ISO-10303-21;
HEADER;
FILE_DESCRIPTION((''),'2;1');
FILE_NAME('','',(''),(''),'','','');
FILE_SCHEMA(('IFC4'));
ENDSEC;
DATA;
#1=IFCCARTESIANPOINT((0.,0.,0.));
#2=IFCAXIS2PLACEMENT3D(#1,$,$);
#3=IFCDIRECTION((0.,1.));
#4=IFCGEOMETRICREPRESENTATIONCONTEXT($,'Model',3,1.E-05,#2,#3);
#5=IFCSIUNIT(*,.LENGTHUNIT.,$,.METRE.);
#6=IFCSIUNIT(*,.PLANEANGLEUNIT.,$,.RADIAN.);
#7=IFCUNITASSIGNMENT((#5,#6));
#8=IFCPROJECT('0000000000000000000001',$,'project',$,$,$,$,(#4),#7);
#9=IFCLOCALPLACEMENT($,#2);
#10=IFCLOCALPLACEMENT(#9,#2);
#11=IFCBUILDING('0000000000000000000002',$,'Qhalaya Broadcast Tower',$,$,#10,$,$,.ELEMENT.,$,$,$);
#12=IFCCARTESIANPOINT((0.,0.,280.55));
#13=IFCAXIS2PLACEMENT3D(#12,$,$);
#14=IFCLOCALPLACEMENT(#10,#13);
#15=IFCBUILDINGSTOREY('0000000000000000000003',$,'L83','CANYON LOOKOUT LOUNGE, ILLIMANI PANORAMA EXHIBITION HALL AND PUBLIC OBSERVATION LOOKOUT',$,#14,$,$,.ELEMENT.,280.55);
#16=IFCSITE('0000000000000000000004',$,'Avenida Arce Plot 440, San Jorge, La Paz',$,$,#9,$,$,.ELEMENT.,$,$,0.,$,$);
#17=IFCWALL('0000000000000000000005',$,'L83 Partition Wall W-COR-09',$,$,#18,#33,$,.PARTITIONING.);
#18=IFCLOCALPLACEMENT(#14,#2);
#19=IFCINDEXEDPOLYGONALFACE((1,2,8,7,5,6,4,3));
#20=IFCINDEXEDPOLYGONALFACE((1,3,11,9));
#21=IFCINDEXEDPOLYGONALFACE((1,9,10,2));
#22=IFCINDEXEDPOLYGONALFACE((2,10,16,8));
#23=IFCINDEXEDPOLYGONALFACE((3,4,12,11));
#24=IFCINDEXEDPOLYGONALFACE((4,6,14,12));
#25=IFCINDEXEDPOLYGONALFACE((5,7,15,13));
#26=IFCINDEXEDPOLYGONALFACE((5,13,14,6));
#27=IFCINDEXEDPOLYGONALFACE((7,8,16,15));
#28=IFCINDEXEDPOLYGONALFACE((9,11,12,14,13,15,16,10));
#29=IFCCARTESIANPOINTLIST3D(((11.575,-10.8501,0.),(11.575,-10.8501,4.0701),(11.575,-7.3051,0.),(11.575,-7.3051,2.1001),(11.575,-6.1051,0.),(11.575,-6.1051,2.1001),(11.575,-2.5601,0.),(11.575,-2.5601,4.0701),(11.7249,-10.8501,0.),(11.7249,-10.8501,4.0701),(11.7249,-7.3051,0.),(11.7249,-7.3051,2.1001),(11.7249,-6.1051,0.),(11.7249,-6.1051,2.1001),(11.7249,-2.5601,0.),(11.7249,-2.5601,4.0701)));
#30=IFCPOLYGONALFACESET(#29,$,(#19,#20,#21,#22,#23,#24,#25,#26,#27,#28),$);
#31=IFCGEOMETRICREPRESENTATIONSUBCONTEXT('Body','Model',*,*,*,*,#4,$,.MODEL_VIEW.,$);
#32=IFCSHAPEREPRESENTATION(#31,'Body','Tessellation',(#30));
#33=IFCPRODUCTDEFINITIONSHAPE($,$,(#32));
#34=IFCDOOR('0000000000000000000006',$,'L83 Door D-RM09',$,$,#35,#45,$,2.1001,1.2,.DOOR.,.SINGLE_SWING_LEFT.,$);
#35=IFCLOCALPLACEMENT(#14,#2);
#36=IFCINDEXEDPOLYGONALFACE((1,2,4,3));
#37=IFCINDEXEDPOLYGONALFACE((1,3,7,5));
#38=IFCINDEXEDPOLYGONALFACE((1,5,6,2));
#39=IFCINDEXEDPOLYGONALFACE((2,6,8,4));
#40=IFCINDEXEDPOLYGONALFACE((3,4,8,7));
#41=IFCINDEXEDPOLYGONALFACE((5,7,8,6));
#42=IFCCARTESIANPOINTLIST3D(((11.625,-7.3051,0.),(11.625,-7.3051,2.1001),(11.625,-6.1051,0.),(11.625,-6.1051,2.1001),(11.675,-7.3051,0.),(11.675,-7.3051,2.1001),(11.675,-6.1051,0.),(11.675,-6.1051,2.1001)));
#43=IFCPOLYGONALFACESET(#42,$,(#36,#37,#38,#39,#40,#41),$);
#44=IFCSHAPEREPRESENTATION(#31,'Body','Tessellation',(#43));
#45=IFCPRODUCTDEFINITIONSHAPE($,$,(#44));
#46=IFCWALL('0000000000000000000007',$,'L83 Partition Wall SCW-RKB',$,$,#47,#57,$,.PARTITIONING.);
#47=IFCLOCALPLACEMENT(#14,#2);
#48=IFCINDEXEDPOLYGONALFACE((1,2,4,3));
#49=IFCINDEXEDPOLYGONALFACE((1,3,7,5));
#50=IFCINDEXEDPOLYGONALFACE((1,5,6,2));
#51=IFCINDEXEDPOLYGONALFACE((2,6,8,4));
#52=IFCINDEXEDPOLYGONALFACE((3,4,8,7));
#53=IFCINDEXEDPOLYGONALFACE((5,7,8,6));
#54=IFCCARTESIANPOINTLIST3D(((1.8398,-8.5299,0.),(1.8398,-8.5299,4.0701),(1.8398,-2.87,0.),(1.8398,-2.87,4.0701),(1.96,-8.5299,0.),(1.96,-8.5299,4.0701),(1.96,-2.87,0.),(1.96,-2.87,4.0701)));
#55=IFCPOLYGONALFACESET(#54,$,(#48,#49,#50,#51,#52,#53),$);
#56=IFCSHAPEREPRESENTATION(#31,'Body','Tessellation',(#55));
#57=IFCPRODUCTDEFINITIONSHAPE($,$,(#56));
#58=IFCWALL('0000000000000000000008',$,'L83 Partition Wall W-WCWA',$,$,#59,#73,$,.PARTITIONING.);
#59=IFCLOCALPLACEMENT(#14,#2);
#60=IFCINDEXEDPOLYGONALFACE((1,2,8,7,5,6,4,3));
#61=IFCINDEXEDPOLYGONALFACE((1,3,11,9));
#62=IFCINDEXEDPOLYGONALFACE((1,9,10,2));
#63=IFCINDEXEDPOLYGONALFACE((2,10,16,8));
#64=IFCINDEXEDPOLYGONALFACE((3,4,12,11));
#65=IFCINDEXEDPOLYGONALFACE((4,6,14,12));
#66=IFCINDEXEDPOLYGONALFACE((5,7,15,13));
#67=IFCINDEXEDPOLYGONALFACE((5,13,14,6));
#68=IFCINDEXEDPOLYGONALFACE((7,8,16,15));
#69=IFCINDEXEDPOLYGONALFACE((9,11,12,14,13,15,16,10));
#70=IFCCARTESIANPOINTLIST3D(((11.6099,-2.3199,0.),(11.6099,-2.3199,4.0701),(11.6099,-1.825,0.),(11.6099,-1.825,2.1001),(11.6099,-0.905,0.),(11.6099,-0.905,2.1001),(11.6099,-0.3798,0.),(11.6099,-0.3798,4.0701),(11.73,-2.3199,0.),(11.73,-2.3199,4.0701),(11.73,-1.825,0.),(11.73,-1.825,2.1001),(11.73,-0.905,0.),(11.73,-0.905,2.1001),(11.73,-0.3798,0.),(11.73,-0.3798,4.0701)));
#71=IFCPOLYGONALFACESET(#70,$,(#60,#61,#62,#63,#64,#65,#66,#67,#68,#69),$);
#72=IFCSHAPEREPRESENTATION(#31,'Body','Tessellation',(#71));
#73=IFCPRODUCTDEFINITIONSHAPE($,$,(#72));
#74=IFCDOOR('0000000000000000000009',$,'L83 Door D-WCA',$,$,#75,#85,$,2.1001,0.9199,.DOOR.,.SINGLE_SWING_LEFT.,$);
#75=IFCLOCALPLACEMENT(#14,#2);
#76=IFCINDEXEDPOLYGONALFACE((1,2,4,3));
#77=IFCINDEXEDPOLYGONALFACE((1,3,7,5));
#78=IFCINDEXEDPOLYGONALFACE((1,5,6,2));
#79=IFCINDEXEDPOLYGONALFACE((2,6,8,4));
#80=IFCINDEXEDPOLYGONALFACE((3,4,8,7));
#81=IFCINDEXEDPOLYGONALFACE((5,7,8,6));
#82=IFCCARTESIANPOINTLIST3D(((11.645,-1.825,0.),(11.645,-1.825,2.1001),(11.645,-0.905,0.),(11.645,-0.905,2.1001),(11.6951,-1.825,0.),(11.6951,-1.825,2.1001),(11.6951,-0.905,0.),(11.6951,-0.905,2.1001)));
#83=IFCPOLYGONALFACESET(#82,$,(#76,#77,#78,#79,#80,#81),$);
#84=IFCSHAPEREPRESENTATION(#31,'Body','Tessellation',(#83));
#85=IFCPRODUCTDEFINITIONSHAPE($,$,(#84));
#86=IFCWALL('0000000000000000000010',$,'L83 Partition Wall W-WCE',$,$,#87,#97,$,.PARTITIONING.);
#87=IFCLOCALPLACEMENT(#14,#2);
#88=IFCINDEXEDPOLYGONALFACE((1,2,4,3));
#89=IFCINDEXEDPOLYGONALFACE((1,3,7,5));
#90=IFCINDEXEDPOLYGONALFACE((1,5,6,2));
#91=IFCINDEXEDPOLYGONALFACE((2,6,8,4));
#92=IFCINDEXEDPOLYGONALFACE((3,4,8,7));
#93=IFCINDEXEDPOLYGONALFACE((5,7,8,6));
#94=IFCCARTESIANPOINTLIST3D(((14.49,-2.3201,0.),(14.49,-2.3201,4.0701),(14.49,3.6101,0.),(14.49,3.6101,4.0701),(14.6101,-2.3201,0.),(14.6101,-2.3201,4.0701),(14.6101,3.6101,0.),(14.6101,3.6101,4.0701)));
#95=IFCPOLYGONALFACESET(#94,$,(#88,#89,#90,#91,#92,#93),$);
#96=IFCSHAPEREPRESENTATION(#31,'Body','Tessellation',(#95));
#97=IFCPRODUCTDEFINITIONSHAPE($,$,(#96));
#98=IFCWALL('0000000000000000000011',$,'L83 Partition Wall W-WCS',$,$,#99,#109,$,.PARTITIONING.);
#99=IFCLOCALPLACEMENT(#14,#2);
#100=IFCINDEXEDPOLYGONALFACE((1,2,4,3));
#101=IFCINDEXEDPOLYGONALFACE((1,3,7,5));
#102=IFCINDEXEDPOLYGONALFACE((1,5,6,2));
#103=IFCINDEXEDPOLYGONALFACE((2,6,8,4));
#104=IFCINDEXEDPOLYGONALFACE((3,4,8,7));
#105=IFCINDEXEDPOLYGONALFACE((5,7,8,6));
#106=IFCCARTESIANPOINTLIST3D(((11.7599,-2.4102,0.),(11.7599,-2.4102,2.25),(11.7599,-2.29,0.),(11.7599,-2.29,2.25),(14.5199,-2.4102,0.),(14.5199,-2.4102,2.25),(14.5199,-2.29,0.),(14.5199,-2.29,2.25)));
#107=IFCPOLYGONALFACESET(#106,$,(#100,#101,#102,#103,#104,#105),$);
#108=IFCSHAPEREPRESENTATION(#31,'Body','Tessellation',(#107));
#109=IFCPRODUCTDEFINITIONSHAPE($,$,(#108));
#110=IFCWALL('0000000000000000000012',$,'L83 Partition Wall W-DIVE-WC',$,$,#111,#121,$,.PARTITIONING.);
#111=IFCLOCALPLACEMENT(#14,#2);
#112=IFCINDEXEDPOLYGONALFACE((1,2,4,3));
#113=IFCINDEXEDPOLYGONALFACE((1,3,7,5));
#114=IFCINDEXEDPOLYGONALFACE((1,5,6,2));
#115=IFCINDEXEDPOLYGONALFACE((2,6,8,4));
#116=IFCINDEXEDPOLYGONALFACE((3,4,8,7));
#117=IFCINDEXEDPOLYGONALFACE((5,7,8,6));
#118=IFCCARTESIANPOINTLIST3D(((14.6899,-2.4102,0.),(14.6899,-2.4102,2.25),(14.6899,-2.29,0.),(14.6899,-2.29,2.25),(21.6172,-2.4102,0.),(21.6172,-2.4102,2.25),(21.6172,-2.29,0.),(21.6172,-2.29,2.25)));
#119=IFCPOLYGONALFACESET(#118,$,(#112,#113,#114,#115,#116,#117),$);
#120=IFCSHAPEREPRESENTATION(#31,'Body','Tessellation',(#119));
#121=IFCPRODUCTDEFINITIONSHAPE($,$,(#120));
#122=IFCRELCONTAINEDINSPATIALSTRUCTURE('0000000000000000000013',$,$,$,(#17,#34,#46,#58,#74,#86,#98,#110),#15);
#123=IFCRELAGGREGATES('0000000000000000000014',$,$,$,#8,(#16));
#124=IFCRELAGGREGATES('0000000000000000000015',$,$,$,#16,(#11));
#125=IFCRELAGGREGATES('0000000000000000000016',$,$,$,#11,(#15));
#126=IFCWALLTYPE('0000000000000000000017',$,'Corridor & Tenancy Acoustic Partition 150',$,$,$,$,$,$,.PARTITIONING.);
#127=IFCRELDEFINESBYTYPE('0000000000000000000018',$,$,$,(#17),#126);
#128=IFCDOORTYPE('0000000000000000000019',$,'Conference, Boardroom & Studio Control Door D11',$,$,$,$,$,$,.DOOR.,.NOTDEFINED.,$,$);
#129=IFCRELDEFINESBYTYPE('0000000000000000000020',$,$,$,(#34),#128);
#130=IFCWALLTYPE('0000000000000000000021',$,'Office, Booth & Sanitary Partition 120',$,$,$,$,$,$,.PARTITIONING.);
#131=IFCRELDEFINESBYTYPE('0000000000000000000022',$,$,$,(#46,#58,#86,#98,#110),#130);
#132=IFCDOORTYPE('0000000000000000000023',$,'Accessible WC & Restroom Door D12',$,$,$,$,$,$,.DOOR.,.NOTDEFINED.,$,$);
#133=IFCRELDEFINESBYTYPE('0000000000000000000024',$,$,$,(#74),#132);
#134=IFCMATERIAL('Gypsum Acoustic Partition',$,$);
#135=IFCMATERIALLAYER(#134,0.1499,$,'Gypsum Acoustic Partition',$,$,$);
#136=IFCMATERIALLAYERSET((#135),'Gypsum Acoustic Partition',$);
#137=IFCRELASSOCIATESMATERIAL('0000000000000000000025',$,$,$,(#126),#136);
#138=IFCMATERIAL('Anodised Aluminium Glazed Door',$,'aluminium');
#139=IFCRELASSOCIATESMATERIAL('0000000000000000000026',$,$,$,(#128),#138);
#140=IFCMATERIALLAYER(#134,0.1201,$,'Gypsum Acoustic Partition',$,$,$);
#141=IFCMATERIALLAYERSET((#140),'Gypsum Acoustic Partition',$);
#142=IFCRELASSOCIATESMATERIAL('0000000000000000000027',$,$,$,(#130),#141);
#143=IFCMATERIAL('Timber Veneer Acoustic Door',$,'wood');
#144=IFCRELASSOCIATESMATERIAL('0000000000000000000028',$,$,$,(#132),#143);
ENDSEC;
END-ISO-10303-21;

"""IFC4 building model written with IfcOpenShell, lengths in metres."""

from ifc_helpers import new_model, si_unit, direction, frame, frame_2d, origin, place, context, subcontext, project, spatial, rectangle, extrude, material, layer, layer_set, type_object, element, fill, save


model = new_model("IFC4")

# Units and contexts
model_context = context("Model", 3, precision=1e-05, world=origin(), true_north=direction((0.0, 1.0)))
body_context = subcontext(model_context, "Body", "Model", "MODEL_VIEW")
ifc_project = project(units=[si_unit("LENGTHUNIT", "METRE"), si_unit("PLANEANGLEUNIT", "RADIAN")], contexts=[model_context])

# Site, building, storey
site_placement = place(None, origin())
site = spatial("IfcSite", under=ifc_project, at=site_placement, Name="Avenida Arce Plot 440, San Jorge, La Paz", CompositionType="ELEMENT", RefElevation=0.0)
building_placement = place(site_placement, origin())
building = spatial("IfcBuilding", under=site, at=building_placement, Name="Qhalaya Broadcast Tower", CompositionType="ELEMENT")
storey_placement = place(building_placement, frame((0.0, 0.0, 280.55)))
storey = spatial("IfcBuildingStorey", under=building, at=storey_placement, Name="L83", Description="CANYON LOOKOUT LOUNGE, ILLIMANI PANORAMA EXHIBITION HALL AND PUBLIC OBSERVATION LOOKOUT", CompositionType="ELEMENT", Elevation=280.55)

# Shared definitions
ifc_material_1 = material(Name="Gypsum Acoustic Partition")
ifc_layer_1 = layer(ifc_material_1, 0.1499, Name="Gypsum Acoustic Partition")
ifc_layer_set_1 = layer_set([ifc_layer_1], Name="Gypsum Acoustic Partition")
wall_type_1 = type_object("IfcWallType", Name="Corridor & Tenancy Acoustic Partition 150", PredefinedType="PARTITIONING", material=ifc_layer_set_1)

# Wall, opening, door
wall_1_placement = place(storey_placement, frame((11.6499, -10.8501, 0.0), z_axis=(0.0, 0.0, 1.0), x_axis=(0.0, 1.0, 0.0)))
wall_1 = element("IfcWall", 1, at=wall_1_placement, inside=storey, type_object=wall_type_1, Name="L83 Partition Wall W-COR-09", PredefinedType="PARTITIONING", context=body_context, shape_type="SweptSolid", body=[
    extrude(rectangle(XDim=8.29, YDim=0.1499, at=frame_2d((4.145, 0.0))), origin(), (0.0, 0.0, 1.0), 4.0701),
])
opening_1_placement = place(wall_1_placement, frame((3.5449, 0.0, 0.0)))
opening_1 = element("IfcOpeningElement", 2, at=opening_1_placement, cuts=wall_1, PredefinedType="OPENING", context=body_context, shape_type="SweptSolid", body=[
    extrude(rectangle(XDim=1.2, YDim=2.1001, at=frame_2d((0.6001, 1.05))), frame((0.0, 0.0869, 0.0), z_axis=(0.0, -1.0, 0.0), x_axis=(1.0, 0.0, 0.0)), (0.0, 0.0, 1.0), 0.1738),
])
ifc_material_2 = material(Name="Anodised Aluminium Glazed Door", Category="aluminium")
door_type_1 = type_object("IfcDoorType", Name="Conference, Boardroom & Studio Control Door D11", OperationType="NOTDEFINED", PredefinedType="DOOR", material=ifc_material_2)
door_1_placement = place(opening_1_placement, origin())
door_1 = element("IfcDoor", 3, at=door_1_placement, inside=storey, type_object=door_type_1, Name="L83 Door D-RM09", OperationType="SINGLE_SWING_LEFT", OverallHeight=2.1001, OverallWidth=1.2, PredefinedType="DOOR", context=body_context, shape_type="SweptSolid", body=[
    extrude(rectangle(XDim=1.2, YDim=2.1001, at=frame_2d((0.6001, 1.05))), frame((0.0, 0.0249, 0.0), z_axis=(0.0, -1.0, 0.0), x_axis=(1.0, 0.0, 0.0)), (0.0, 0.0, 1.0), 0.05),
])
fill(opening_1, door_1)

# Wall
ifc_layer_2 = layer(ifc_material_1, 0.1201, Name="Gypsum Acoustic Partition")
ifc_layer_set_2 = layer_set([ifc_layer_2], Name="Gypsum Acoustic Partition")
wall_type_2 = type_object("IfcWallType", Name="Office, Booth & Sanitary Partition 120", PredefinedType="PARTITIONING", material=ifc_layer_set_2)
wall_2_placement = place(storey_placement, frame((1.8999, -8.53, 0.0), z_axis=(0.0, 0.0, 1.0), x_axis=(0.0, 1.0, 0.0)))
element("IfcWall", 4, at=wall_2_placement, inside=storey, type_object=wall_type_2, Name="L83 Partition Wall SCW-RKB", PredefinedType="PARTITIONING", context=body_context, shape_type="SweptSolid", body=[
    extrude(rectangle(XDim=5.6599, YDim=0.1201, at=frame_2d((2.8301, 0.0))), origin(), (0.0, 0.0, 1.0), 4.0701),
])

# Wall, opening, door
wall_3_placement = place(storey_placement, frame((11.6699, -2.3201, 0.0), z_axis=(0.0, 0.0, 1.0), x_axis=(0.0, 1.0, 0.0)))
wall_3 = element("IfcWall", 5, at=wall_3_placement, inside=storey, type_object=wall_type_2, Name="L83 Partition Wall W-WCWA", PredefinedType="PARTITIONING", context=body_context, shape_type="SweptSolid", body=[
    extrude(rectangle(XDim=1.9402, YDim=0.1201, at=frame_2d((0.9702, 0.0))), origin(), (0.0, 0.0, 1.0), 4.0701),
])
opening_2_placement = place(wall_3_placement, frame((0.4951, 0.0, 0.0)))
opening_2 = element("IfcOpeningElement", 6, at=opening_2_placement, cuts=wall_3, PredefinedType="OPENING", context=body_context, shape_type="SweptSolid", body=[
    extrude(rectangle(XDim=0.9199, YDim=2.1001, at=frame_2d((0.46, 1.05))), frame((0.0, 0.072, 0.0), z_axis=(0.0, -1.0, 0.0), x_axis=(1.0, 0.0, 0.0)), (0.0, 0.0, 1.0), 0.144),
])
ifc_material_3 = material(Name="Timber Veneer Acoustic Door", Category="wood")
door_type_2 = type_object("IfcDoorType", Name="Accessible WC & Restroom Door D12", OperationType="NOTDEFINED", PredefinedType="DOOR", material=ifc_material_3)
door_2_placement = place(opening_2_placement, origin())
door_2 = element("IfcDoor", 7, at=door_2_placement, inside=storey, type_object=door_type_2, Name="L83 Door D-WCA", OperationType="SINGLE_SWING_LEFT", OverallHeight=2.1001, OverallWidth=0.9199, PredefinedType="DOOR", context=body_context, shape_type="SweptSolid", body=[
    extrude(rectangle(XDim=0.9199, YDim=2.1001, at=frame_2d((0.46, 1.05))), frame((0.0, 0.0249, 0.0), z_axis=(0.0, -1.0, 0.0), x_axis=(1.0, 0.0, 0.0)), (0.0, 0.0, 1.0), 0.05),
])
fill(opening_2, door_2)

# Walls
wall_4_placement = place(storey_placement, frame((14.55, -2.3201, 0.0), z_axis=(0.0, 0.0, 1.0), x_axis=(0.0, 1.0, 0.0)))
element("IfcWall", 8, at=wall_4_placement, inside=storey, type_object=wall_type_2, Name="L83 Partition Wall W-WCE", PredefinedType="PARTITIONING", context=body_context, shape_type="SweptSolid", body=[
    extrude(rectangle(XDim=5.9302, YDim=0.1201, at=frame_2d((2.9651, 0.0))), origin(), (0.0, 0.0, 1.0), 4.0701),
])
wall_5_placement = place(storey_placement, frame((11.76, -2.3501, 0.0), z_axis=(0.0, 0.0, 1.0), x_axis=(1.0, 0.0, 0.0)))
element("IfcWall", 9, at=wall_5_placement, inside=storey, type_object=wall_type_2, Name="L83 Partition Wall W-WCS", PredefinedType="PARTITIONING", context=body_context, shape_type="SweptSolid", body=[
    extrude(rectangle(XDim=2.76, YDim=0.1201, at=frame_2d((1.3799, 0.0))), origin(), (0.0, 0.0, 1.0), 2.25),
])
wall_6_placement = place(storey_placement, frame((14.6899, -2.3501, 0.0), z_axis=(0.0, 0.0, 1.0), x_axis=(1.0, 0.0, 0.0)))
element("IfcWall", 10, at=wall_6_placement, inside=storey, type_object=wall_type_2, Name="L83 Partition Wall W-DIVE-WC", PredefinedType="PARTITIONING", context=body_context, shape_type="SweptSolid", body=[
    extrude(rectangle(XDim=6.9272, YDim=0.1201, at=frame_2d((3.4636, 0.0))), origin(), (0.0, 0.0, 1.0), 2.25),
])

save(model, "model.ifc")
